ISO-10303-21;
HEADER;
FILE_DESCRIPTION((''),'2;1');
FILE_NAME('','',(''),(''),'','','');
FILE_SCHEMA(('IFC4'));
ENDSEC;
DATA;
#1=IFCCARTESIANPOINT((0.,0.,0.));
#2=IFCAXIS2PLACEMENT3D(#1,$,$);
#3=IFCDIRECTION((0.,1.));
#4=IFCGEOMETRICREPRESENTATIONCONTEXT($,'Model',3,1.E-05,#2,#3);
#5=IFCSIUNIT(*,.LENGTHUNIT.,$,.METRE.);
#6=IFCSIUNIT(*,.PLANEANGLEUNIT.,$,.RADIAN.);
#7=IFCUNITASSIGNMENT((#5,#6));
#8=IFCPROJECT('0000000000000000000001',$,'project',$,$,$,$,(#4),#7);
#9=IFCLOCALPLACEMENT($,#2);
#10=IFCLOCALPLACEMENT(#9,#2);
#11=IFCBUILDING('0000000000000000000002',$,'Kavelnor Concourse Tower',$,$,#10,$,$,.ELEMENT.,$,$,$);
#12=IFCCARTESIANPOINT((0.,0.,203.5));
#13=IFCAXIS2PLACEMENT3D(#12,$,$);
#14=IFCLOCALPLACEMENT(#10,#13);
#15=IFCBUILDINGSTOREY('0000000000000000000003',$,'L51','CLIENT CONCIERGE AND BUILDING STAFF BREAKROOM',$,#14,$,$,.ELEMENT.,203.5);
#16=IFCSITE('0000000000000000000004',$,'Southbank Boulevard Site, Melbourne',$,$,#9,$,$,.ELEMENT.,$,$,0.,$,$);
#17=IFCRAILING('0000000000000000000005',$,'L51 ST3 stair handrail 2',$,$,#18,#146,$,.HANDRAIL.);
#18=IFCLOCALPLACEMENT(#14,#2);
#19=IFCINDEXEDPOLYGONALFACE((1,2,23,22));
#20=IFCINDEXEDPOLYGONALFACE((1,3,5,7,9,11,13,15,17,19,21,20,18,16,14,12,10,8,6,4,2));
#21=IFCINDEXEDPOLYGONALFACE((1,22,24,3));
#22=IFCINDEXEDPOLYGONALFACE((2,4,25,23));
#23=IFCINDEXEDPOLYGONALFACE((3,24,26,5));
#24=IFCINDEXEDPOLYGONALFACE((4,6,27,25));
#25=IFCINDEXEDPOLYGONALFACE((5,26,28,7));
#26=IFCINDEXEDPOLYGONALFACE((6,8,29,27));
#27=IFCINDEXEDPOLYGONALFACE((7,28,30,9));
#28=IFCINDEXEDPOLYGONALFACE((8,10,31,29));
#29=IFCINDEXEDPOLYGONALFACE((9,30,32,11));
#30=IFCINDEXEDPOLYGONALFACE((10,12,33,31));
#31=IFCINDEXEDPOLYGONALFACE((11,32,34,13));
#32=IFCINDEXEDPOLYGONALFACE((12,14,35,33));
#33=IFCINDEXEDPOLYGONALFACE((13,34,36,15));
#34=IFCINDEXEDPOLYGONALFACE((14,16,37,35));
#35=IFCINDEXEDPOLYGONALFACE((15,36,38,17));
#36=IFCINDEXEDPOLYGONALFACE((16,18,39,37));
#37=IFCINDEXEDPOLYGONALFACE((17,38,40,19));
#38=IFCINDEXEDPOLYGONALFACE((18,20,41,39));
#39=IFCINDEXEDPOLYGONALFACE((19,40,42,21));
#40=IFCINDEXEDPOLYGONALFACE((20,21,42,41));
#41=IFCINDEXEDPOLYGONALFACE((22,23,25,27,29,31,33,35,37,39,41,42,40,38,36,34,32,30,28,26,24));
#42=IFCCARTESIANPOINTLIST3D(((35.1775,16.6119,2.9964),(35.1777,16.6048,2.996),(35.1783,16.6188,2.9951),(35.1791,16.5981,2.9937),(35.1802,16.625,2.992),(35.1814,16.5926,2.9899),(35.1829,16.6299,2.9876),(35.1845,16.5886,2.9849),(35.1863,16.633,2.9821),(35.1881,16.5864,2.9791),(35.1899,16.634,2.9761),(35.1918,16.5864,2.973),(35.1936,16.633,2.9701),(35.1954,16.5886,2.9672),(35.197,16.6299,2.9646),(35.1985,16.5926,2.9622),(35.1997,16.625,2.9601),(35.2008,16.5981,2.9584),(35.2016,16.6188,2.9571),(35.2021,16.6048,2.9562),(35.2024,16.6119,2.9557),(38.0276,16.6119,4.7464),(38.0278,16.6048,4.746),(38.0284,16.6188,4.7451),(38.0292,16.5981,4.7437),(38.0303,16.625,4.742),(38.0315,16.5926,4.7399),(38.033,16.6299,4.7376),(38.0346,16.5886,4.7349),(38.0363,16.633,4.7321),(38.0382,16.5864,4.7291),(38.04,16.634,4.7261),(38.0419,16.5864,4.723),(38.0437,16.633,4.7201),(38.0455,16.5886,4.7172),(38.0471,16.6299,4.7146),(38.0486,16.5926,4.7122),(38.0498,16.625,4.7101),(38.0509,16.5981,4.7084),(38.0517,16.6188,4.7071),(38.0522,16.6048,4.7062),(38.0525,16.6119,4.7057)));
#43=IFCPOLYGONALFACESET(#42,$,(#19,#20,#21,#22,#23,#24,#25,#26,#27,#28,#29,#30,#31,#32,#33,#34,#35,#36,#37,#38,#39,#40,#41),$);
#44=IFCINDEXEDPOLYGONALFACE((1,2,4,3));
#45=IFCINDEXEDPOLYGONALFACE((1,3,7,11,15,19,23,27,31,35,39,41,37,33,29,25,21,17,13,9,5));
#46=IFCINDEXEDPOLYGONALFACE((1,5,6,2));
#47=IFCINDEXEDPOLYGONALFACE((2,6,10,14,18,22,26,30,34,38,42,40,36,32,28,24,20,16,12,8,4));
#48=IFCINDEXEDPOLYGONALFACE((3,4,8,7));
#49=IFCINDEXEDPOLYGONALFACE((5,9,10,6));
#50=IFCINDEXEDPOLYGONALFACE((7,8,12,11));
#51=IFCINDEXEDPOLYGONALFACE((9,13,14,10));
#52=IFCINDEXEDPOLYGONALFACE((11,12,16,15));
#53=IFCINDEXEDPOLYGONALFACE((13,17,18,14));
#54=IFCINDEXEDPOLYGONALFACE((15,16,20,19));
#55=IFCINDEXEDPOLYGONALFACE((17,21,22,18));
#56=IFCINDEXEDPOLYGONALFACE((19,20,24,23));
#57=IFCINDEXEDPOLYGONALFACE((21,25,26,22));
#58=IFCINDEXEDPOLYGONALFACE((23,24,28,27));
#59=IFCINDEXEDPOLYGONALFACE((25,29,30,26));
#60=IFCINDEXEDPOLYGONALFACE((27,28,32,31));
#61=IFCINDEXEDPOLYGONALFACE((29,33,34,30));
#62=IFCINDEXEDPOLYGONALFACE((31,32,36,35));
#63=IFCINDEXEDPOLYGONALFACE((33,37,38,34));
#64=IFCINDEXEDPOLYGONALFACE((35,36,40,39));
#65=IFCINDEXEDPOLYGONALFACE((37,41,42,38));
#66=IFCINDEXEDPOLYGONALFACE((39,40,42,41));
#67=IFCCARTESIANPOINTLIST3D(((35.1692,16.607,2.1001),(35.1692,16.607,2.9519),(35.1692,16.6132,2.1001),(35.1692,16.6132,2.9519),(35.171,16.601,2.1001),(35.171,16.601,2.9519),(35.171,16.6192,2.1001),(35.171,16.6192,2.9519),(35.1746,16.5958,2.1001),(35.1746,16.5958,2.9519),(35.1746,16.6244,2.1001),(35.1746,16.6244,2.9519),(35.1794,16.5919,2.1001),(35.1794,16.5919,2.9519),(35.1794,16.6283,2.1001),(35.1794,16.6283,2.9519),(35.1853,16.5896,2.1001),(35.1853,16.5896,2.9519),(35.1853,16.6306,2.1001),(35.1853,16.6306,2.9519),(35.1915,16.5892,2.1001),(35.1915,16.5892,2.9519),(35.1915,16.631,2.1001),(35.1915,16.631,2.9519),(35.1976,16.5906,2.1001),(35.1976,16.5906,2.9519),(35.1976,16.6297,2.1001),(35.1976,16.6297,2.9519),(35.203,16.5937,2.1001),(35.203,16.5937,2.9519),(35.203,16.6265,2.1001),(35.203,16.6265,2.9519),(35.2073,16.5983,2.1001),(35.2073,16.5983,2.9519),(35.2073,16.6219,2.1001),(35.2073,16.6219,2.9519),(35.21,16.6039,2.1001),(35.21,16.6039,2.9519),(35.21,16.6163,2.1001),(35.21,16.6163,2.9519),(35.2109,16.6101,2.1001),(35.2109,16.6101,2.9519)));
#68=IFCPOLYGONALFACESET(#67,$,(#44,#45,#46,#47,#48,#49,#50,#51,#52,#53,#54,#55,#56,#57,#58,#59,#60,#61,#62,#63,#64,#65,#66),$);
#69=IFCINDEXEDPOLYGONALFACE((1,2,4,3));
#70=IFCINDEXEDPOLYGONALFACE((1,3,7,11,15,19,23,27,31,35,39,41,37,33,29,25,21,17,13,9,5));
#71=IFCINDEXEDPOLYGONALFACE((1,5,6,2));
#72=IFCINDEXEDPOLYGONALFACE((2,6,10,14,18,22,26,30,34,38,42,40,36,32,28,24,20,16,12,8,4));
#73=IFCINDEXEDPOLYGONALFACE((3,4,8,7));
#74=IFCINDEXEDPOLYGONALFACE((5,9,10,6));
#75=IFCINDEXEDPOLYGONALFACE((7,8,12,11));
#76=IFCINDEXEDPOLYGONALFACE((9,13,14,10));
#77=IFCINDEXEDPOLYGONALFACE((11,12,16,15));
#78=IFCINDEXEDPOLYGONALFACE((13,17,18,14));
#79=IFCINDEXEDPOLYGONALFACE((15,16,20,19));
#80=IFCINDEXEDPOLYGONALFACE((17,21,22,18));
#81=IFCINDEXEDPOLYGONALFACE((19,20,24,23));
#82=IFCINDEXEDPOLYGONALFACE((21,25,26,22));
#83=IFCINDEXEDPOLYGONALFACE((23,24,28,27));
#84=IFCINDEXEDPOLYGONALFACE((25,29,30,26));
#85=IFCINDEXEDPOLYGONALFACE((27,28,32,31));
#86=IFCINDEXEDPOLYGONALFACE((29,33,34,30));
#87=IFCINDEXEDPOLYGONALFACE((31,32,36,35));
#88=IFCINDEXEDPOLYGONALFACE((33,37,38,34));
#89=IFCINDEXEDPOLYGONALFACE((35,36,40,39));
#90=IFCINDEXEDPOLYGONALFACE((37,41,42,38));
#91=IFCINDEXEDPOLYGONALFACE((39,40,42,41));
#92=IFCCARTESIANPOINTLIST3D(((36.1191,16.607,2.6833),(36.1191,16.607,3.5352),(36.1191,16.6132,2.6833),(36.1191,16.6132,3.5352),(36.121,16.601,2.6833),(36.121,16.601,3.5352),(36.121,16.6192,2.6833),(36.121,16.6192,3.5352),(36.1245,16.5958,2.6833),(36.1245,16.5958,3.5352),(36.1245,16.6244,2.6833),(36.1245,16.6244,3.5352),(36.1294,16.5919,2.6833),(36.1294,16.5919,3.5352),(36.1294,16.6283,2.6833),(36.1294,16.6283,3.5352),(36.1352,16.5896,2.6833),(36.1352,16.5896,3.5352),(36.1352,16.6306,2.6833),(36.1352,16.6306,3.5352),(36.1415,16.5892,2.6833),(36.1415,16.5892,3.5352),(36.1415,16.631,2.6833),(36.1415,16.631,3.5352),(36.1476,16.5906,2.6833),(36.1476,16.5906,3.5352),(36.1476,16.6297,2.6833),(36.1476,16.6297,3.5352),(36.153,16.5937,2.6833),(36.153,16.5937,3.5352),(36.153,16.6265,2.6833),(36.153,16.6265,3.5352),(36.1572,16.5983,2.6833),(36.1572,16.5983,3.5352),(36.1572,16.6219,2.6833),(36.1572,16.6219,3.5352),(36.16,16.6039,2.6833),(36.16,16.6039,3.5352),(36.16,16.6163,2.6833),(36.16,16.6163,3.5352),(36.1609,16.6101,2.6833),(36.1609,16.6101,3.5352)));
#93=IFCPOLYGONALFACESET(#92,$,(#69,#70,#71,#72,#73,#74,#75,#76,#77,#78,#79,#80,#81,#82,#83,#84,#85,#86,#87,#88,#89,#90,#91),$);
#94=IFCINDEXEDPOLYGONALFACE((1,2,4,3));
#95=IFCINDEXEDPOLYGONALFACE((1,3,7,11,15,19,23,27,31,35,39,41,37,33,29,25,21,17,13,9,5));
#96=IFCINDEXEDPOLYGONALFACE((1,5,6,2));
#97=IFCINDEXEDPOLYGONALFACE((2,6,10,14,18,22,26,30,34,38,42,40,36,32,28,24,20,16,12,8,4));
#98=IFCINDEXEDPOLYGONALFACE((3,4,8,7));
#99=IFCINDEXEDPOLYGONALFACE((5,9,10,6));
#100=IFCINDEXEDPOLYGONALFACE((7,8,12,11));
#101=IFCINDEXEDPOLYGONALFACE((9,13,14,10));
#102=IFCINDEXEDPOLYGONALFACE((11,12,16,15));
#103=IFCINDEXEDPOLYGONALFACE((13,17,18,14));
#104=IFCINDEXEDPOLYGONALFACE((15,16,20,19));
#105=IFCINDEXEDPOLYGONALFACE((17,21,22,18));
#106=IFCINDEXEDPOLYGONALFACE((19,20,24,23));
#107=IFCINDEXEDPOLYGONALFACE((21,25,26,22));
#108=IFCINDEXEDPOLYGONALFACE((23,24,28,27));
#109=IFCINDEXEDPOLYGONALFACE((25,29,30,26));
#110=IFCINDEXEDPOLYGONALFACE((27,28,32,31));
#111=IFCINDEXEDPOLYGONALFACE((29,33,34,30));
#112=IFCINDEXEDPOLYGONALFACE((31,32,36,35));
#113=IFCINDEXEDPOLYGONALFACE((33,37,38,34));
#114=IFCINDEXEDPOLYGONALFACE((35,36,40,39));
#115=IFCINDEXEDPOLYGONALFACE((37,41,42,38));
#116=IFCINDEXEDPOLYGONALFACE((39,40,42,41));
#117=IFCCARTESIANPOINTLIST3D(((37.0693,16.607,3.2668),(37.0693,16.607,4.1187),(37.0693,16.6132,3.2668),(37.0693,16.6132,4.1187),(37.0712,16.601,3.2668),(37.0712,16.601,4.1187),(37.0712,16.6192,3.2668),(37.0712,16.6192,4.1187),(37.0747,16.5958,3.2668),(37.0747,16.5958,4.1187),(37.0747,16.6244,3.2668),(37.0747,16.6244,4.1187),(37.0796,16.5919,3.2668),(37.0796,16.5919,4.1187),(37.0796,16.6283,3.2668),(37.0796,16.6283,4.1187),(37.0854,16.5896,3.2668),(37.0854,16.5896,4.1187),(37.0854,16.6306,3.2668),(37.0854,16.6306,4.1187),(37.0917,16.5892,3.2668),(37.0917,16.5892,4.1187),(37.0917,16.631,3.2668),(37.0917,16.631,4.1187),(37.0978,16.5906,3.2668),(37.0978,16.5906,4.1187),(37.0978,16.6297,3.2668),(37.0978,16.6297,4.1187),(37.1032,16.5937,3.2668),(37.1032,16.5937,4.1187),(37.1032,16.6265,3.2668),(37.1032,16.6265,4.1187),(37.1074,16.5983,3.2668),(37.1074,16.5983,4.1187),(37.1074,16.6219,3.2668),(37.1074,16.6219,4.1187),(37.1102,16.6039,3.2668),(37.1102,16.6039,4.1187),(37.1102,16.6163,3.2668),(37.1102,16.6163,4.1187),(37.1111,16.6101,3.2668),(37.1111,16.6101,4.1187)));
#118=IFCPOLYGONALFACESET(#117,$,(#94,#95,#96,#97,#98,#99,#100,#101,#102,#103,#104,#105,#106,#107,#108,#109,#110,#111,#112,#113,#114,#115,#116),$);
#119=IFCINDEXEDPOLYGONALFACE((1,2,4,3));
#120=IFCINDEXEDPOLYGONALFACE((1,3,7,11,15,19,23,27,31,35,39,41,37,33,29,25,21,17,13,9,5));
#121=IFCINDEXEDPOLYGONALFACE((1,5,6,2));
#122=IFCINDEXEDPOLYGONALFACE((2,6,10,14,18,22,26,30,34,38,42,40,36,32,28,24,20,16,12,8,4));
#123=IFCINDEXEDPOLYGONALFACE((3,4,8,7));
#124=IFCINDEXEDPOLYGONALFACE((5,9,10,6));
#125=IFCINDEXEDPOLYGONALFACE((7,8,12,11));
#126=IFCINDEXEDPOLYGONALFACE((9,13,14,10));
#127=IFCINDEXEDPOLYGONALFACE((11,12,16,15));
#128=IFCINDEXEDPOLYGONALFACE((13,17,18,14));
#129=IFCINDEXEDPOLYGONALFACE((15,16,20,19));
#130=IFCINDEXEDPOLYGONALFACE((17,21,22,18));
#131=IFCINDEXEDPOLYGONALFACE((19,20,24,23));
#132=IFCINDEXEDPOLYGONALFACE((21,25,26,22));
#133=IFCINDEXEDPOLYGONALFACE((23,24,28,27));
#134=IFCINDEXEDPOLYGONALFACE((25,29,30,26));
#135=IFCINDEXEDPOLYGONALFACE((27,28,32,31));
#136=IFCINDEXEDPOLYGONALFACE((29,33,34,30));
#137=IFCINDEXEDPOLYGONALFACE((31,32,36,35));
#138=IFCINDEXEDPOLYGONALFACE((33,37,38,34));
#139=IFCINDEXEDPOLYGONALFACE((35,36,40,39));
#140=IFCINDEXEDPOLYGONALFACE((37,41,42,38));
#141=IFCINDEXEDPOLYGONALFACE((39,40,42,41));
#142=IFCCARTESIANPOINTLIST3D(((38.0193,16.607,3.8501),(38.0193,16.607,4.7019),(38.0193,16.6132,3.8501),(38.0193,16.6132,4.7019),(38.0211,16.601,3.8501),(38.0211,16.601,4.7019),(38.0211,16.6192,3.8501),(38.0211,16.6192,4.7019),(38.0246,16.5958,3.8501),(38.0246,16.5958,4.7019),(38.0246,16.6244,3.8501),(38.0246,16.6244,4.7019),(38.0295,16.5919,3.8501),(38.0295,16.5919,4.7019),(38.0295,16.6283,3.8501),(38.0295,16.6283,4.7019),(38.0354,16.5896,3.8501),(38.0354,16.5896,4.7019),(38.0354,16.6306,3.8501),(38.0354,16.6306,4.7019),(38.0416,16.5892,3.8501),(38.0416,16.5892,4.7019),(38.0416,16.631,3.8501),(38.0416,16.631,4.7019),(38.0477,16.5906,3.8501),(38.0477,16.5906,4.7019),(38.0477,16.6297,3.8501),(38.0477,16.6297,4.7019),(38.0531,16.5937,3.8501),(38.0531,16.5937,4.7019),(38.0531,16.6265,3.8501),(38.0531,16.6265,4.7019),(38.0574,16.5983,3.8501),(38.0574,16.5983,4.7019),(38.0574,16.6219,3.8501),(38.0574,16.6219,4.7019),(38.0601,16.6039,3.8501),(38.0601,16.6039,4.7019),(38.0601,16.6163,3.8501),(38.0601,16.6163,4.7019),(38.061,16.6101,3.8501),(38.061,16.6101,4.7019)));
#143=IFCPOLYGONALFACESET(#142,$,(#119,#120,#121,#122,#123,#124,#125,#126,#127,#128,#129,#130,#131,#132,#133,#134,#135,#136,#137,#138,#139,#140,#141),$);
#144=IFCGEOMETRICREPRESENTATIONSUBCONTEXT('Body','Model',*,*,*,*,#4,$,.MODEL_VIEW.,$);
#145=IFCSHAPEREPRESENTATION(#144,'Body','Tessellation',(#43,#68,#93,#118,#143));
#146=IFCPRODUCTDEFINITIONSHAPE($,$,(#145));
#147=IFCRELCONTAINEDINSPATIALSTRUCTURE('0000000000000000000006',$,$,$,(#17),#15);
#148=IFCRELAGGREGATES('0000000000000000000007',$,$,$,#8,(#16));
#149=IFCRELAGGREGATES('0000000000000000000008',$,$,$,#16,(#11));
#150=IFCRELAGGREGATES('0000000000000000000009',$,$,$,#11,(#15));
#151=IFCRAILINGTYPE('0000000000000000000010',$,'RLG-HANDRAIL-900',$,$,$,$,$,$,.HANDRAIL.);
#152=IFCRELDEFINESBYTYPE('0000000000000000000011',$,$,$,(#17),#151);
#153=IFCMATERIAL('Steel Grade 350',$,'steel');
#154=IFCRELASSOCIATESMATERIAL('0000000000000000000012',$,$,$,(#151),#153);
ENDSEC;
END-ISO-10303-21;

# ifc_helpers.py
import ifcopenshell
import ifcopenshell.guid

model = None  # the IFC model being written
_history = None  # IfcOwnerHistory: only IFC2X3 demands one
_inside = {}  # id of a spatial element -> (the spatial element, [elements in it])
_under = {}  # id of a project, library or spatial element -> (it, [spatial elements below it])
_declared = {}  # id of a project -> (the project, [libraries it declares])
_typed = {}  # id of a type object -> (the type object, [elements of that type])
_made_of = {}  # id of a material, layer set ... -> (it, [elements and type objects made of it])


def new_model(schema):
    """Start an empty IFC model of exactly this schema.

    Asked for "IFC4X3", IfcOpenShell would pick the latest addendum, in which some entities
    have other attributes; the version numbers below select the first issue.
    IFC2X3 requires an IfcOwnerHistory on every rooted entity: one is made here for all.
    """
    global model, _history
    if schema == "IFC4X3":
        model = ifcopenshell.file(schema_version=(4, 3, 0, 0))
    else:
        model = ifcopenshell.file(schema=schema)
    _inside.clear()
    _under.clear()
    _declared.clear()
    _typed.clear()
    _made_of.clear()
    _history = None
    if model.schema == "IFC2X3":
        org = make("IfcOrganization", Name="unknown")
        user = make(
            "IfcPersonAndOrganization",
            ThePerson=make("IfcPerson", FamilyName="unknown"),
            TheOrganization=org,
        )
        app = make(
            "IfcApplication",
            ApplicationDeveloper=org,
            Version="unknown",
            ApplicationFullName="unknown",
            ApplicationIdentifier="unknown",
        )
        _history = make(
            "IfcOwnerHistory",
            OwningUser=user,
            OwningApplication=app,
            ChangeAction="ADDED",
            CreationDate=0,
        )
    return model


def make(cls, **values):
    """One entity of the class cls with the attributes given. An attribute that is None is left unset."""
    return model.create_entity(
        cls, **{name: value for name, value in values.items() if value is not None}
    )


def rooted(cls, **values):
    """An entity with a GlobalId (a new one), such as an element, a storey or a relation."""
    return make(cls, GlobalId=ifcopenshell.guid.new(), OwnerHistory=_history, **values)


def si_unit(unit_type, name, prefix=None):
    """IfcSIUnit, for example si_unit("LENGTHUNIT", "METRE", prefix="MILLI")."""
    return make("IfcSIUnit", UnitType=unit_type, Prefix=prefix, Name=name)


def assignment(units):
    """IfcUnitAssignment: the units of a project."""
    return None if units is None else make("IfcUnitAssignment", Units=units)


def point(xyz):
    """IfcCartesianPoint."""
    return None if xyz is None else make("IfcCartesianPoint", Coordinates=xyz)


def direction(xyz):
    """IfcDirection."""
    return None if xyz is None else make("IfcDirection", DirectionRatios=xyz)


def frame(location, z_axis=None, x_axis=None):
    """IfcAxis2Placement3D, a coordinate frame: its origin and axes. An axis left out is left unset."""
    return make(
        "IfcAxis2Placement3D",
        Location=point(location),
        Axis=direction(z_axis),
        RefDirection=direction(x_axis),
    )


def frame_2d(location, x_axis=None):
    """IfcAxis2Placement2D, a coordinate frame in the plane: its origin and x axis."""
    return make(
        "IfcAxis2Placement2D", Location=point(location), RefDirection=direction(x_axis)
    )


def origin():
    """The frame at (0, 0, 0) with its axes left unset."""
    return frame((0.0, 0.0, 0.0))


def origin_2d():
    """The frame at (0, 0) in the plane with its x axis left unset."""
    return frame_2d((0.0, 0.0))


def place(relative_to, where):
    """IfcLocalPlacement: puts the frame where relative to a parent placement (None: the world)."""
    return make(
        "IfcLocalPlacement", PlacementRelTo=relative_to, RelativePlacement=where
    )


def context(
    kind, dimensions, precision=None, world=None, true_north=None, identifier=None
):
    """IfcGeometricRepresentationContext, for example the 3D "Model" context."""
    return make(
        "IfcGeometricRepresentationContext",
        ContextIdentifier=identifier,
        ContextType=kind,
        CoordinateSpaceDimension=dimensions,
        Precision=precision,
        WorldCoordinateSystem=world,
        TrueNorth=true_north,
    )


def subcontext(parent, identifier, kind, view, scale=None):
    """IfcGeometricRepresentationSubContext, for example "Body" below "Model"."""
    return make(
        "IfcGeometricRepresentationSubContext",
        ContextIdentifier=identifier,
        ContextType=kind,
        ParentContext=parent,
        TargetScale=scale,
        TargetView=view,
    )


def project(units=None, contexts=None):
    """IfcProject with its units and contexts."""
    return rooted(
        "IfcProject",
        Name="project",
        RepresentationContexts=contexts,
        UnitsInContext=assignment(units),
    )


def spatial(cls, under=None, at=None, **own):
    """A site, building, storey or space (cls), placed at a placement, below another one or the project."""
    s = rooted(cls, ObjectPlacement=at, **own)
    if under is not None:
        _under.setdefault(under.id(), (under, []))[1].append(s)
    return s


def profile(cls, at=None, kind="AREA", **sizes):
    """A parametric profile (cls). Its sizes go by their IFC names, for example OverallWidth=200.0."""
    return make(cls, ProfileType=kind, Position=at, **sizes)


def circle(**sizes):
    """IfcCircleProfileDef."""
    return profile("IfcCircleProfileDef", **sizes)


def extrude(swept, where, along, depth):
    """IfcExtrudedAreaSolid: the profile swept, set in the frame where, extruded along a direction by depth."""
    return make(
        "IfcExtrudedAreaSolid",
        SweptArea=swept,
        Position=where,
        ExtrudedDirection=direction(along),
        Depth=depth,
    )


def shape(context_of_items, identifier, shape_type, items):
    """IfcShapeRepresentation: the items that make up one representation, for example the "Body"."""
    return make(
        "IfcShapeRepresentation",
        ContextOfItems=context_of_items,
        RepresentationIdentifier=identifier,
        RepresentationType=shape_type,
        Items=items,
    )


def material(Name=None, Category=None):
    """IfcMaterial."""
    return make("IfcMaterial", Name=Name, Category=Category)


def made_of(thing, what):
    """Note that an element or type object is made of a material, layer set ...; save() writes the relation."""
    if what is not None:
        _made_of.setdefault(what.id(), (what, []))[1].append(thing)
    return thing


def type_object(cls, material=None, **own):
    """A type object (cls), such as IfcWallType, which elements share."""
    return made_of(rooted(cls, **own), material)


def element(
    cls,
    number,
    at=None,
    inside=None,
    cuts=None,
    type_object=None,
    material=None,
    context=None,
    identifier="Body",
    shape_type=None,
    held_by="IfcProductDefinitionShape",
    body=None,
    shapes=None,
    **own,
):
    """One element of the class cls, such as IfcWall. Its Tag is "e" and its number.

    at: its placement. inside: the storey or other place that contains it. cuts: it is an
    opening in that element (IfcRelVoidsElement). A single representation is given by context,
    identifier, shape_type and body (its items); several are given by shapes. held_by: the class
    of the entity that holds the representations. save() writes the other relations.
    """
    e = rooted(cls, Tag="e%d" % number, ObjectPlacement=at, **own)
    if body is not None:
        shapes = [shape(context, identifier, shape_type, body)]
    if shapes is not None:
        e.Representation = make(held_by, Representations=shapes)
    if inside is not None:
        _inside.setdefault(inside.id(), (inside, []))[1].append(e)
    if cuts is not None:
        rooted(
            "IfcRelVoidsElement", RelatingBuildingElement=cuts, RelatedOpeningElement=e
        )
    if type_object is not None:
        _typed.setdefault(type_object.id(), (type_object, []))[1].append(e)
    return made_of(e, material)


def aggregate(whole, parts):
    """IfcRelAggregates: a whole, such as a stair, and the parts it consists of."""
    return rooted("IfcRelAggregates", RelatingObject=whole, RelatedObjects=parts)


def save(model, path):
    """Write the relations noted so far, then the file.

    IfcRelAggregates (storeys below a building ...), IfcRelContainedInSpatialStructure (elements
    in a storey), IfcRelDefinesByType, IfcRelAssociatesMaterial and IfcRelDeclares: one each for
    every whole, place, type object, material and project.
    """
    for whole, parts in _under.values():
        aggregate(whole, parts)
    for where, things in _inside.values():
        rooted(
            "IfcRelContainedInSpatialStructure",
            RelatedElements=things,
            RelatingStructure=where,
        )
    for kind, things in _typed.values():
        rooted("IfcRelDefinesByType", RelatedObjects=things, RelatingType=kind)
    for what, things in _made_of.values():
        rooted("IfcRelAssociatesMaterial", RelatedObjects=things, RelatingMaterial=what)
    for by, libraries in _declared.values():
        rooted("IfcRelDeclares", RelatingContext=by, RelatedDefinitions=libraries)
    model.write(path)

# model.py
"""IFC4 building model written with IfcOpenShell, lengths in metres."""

from ifc_helpers import new_model, si_unit, direction, frame, origin, origin_2d, place, context, subcontext, project, spatial, circle, extrude, material, type_object, element, save


model = new_model("IFC4")

# Units and contexts
model_context = context("Model", 3, precision=1e-05, world=origin(), true_north=direction((0.0, 1.0)))
body_context = subcontext(model_context, "Body", "Model", "MODEL_VIEW")
ifc_project = project(units=[si_unit("LENGTHUNIT", "METRE"), si_unit("PLANEANGLEUNIT", "RADIAN")], contexts=[model_context])

# Site, building, storey
site_placement = place(None, origin())
site = spatial("IfcSite", under=ifc_project, at=site_placement, Name="Southbank Boulevard Site, Melbourne", CompositionType="ELEMENT", RefElevation=0.0)
building_placement = place(site_placement, origin())
building = spatial("IfcBuilding", under=site, at=building_placement, Name="Kavelnor Concourse Tower", CompositionType="ELEMENT")
storey_placement = place(building_placement, frame((0.0, 0.0, 203.5)))
storey = spatial("IfcBuildingStorey", under=building, at=storey_placement, Name="L51", Description="CLIENT CONCIERGE AND BUILDING STAFF BREAKROOM", CompositionType="ELEMENT", Elevation=203.5)

# Shared definitions
ifc_material_1 = material(Name="Steel Grade 350", Category="steel")

# Railing
railing_type_1 = type_object("IfcRailingType", Name="RLG-HANDRAIL-900", PredefinedType="HANDRAIL", material=ifc_material_1)
railing_1_placement = place(storey_placement, frame((35.1899, 16.6101, 2.1001)))
element("IfcRailing", 1, at=railing_1_placement, inside=storey, type_object=railing_type_1, Name="L51 ST3 stair handrail 2", PredefinedType="HANDRAIL", context=body_context, shape_type="SweptSolid", body=[
    extrude(circle(Radius=0.0239, at=origin_2d()), frame((0.0, 0.0, 0.876), z_axis=(0.852179, 0.0, 0.52325), x_axis=(0.0, 1.0, 0.0)), (0.0, 0.0, 1.0), 3.3445),
    extrude(circle(Radius=0.021, at=origin_2d()), origin(), (0.0, 0.0, 1.0), 0.8518),
    extrude(circle(Radius=0.021, at=origin_2d()), frame((0.95, 0.0, 0.5833)), (0.0, 0.0, 1.0), 0.8518),
    extrude(circle(Radius=0.021, at=origin_2d()), frame((1.9001, 0.0, 1.1667)), (0.0, 0.0, 1.0), 0.8518),
    extrude(circle(Radius=0.021, at=origin_2d()), frame((2.8501, 0.0, 1.75)), (0.0, 0.0, 1.0), 0.8518),
])

save(model, "model.ifc")
